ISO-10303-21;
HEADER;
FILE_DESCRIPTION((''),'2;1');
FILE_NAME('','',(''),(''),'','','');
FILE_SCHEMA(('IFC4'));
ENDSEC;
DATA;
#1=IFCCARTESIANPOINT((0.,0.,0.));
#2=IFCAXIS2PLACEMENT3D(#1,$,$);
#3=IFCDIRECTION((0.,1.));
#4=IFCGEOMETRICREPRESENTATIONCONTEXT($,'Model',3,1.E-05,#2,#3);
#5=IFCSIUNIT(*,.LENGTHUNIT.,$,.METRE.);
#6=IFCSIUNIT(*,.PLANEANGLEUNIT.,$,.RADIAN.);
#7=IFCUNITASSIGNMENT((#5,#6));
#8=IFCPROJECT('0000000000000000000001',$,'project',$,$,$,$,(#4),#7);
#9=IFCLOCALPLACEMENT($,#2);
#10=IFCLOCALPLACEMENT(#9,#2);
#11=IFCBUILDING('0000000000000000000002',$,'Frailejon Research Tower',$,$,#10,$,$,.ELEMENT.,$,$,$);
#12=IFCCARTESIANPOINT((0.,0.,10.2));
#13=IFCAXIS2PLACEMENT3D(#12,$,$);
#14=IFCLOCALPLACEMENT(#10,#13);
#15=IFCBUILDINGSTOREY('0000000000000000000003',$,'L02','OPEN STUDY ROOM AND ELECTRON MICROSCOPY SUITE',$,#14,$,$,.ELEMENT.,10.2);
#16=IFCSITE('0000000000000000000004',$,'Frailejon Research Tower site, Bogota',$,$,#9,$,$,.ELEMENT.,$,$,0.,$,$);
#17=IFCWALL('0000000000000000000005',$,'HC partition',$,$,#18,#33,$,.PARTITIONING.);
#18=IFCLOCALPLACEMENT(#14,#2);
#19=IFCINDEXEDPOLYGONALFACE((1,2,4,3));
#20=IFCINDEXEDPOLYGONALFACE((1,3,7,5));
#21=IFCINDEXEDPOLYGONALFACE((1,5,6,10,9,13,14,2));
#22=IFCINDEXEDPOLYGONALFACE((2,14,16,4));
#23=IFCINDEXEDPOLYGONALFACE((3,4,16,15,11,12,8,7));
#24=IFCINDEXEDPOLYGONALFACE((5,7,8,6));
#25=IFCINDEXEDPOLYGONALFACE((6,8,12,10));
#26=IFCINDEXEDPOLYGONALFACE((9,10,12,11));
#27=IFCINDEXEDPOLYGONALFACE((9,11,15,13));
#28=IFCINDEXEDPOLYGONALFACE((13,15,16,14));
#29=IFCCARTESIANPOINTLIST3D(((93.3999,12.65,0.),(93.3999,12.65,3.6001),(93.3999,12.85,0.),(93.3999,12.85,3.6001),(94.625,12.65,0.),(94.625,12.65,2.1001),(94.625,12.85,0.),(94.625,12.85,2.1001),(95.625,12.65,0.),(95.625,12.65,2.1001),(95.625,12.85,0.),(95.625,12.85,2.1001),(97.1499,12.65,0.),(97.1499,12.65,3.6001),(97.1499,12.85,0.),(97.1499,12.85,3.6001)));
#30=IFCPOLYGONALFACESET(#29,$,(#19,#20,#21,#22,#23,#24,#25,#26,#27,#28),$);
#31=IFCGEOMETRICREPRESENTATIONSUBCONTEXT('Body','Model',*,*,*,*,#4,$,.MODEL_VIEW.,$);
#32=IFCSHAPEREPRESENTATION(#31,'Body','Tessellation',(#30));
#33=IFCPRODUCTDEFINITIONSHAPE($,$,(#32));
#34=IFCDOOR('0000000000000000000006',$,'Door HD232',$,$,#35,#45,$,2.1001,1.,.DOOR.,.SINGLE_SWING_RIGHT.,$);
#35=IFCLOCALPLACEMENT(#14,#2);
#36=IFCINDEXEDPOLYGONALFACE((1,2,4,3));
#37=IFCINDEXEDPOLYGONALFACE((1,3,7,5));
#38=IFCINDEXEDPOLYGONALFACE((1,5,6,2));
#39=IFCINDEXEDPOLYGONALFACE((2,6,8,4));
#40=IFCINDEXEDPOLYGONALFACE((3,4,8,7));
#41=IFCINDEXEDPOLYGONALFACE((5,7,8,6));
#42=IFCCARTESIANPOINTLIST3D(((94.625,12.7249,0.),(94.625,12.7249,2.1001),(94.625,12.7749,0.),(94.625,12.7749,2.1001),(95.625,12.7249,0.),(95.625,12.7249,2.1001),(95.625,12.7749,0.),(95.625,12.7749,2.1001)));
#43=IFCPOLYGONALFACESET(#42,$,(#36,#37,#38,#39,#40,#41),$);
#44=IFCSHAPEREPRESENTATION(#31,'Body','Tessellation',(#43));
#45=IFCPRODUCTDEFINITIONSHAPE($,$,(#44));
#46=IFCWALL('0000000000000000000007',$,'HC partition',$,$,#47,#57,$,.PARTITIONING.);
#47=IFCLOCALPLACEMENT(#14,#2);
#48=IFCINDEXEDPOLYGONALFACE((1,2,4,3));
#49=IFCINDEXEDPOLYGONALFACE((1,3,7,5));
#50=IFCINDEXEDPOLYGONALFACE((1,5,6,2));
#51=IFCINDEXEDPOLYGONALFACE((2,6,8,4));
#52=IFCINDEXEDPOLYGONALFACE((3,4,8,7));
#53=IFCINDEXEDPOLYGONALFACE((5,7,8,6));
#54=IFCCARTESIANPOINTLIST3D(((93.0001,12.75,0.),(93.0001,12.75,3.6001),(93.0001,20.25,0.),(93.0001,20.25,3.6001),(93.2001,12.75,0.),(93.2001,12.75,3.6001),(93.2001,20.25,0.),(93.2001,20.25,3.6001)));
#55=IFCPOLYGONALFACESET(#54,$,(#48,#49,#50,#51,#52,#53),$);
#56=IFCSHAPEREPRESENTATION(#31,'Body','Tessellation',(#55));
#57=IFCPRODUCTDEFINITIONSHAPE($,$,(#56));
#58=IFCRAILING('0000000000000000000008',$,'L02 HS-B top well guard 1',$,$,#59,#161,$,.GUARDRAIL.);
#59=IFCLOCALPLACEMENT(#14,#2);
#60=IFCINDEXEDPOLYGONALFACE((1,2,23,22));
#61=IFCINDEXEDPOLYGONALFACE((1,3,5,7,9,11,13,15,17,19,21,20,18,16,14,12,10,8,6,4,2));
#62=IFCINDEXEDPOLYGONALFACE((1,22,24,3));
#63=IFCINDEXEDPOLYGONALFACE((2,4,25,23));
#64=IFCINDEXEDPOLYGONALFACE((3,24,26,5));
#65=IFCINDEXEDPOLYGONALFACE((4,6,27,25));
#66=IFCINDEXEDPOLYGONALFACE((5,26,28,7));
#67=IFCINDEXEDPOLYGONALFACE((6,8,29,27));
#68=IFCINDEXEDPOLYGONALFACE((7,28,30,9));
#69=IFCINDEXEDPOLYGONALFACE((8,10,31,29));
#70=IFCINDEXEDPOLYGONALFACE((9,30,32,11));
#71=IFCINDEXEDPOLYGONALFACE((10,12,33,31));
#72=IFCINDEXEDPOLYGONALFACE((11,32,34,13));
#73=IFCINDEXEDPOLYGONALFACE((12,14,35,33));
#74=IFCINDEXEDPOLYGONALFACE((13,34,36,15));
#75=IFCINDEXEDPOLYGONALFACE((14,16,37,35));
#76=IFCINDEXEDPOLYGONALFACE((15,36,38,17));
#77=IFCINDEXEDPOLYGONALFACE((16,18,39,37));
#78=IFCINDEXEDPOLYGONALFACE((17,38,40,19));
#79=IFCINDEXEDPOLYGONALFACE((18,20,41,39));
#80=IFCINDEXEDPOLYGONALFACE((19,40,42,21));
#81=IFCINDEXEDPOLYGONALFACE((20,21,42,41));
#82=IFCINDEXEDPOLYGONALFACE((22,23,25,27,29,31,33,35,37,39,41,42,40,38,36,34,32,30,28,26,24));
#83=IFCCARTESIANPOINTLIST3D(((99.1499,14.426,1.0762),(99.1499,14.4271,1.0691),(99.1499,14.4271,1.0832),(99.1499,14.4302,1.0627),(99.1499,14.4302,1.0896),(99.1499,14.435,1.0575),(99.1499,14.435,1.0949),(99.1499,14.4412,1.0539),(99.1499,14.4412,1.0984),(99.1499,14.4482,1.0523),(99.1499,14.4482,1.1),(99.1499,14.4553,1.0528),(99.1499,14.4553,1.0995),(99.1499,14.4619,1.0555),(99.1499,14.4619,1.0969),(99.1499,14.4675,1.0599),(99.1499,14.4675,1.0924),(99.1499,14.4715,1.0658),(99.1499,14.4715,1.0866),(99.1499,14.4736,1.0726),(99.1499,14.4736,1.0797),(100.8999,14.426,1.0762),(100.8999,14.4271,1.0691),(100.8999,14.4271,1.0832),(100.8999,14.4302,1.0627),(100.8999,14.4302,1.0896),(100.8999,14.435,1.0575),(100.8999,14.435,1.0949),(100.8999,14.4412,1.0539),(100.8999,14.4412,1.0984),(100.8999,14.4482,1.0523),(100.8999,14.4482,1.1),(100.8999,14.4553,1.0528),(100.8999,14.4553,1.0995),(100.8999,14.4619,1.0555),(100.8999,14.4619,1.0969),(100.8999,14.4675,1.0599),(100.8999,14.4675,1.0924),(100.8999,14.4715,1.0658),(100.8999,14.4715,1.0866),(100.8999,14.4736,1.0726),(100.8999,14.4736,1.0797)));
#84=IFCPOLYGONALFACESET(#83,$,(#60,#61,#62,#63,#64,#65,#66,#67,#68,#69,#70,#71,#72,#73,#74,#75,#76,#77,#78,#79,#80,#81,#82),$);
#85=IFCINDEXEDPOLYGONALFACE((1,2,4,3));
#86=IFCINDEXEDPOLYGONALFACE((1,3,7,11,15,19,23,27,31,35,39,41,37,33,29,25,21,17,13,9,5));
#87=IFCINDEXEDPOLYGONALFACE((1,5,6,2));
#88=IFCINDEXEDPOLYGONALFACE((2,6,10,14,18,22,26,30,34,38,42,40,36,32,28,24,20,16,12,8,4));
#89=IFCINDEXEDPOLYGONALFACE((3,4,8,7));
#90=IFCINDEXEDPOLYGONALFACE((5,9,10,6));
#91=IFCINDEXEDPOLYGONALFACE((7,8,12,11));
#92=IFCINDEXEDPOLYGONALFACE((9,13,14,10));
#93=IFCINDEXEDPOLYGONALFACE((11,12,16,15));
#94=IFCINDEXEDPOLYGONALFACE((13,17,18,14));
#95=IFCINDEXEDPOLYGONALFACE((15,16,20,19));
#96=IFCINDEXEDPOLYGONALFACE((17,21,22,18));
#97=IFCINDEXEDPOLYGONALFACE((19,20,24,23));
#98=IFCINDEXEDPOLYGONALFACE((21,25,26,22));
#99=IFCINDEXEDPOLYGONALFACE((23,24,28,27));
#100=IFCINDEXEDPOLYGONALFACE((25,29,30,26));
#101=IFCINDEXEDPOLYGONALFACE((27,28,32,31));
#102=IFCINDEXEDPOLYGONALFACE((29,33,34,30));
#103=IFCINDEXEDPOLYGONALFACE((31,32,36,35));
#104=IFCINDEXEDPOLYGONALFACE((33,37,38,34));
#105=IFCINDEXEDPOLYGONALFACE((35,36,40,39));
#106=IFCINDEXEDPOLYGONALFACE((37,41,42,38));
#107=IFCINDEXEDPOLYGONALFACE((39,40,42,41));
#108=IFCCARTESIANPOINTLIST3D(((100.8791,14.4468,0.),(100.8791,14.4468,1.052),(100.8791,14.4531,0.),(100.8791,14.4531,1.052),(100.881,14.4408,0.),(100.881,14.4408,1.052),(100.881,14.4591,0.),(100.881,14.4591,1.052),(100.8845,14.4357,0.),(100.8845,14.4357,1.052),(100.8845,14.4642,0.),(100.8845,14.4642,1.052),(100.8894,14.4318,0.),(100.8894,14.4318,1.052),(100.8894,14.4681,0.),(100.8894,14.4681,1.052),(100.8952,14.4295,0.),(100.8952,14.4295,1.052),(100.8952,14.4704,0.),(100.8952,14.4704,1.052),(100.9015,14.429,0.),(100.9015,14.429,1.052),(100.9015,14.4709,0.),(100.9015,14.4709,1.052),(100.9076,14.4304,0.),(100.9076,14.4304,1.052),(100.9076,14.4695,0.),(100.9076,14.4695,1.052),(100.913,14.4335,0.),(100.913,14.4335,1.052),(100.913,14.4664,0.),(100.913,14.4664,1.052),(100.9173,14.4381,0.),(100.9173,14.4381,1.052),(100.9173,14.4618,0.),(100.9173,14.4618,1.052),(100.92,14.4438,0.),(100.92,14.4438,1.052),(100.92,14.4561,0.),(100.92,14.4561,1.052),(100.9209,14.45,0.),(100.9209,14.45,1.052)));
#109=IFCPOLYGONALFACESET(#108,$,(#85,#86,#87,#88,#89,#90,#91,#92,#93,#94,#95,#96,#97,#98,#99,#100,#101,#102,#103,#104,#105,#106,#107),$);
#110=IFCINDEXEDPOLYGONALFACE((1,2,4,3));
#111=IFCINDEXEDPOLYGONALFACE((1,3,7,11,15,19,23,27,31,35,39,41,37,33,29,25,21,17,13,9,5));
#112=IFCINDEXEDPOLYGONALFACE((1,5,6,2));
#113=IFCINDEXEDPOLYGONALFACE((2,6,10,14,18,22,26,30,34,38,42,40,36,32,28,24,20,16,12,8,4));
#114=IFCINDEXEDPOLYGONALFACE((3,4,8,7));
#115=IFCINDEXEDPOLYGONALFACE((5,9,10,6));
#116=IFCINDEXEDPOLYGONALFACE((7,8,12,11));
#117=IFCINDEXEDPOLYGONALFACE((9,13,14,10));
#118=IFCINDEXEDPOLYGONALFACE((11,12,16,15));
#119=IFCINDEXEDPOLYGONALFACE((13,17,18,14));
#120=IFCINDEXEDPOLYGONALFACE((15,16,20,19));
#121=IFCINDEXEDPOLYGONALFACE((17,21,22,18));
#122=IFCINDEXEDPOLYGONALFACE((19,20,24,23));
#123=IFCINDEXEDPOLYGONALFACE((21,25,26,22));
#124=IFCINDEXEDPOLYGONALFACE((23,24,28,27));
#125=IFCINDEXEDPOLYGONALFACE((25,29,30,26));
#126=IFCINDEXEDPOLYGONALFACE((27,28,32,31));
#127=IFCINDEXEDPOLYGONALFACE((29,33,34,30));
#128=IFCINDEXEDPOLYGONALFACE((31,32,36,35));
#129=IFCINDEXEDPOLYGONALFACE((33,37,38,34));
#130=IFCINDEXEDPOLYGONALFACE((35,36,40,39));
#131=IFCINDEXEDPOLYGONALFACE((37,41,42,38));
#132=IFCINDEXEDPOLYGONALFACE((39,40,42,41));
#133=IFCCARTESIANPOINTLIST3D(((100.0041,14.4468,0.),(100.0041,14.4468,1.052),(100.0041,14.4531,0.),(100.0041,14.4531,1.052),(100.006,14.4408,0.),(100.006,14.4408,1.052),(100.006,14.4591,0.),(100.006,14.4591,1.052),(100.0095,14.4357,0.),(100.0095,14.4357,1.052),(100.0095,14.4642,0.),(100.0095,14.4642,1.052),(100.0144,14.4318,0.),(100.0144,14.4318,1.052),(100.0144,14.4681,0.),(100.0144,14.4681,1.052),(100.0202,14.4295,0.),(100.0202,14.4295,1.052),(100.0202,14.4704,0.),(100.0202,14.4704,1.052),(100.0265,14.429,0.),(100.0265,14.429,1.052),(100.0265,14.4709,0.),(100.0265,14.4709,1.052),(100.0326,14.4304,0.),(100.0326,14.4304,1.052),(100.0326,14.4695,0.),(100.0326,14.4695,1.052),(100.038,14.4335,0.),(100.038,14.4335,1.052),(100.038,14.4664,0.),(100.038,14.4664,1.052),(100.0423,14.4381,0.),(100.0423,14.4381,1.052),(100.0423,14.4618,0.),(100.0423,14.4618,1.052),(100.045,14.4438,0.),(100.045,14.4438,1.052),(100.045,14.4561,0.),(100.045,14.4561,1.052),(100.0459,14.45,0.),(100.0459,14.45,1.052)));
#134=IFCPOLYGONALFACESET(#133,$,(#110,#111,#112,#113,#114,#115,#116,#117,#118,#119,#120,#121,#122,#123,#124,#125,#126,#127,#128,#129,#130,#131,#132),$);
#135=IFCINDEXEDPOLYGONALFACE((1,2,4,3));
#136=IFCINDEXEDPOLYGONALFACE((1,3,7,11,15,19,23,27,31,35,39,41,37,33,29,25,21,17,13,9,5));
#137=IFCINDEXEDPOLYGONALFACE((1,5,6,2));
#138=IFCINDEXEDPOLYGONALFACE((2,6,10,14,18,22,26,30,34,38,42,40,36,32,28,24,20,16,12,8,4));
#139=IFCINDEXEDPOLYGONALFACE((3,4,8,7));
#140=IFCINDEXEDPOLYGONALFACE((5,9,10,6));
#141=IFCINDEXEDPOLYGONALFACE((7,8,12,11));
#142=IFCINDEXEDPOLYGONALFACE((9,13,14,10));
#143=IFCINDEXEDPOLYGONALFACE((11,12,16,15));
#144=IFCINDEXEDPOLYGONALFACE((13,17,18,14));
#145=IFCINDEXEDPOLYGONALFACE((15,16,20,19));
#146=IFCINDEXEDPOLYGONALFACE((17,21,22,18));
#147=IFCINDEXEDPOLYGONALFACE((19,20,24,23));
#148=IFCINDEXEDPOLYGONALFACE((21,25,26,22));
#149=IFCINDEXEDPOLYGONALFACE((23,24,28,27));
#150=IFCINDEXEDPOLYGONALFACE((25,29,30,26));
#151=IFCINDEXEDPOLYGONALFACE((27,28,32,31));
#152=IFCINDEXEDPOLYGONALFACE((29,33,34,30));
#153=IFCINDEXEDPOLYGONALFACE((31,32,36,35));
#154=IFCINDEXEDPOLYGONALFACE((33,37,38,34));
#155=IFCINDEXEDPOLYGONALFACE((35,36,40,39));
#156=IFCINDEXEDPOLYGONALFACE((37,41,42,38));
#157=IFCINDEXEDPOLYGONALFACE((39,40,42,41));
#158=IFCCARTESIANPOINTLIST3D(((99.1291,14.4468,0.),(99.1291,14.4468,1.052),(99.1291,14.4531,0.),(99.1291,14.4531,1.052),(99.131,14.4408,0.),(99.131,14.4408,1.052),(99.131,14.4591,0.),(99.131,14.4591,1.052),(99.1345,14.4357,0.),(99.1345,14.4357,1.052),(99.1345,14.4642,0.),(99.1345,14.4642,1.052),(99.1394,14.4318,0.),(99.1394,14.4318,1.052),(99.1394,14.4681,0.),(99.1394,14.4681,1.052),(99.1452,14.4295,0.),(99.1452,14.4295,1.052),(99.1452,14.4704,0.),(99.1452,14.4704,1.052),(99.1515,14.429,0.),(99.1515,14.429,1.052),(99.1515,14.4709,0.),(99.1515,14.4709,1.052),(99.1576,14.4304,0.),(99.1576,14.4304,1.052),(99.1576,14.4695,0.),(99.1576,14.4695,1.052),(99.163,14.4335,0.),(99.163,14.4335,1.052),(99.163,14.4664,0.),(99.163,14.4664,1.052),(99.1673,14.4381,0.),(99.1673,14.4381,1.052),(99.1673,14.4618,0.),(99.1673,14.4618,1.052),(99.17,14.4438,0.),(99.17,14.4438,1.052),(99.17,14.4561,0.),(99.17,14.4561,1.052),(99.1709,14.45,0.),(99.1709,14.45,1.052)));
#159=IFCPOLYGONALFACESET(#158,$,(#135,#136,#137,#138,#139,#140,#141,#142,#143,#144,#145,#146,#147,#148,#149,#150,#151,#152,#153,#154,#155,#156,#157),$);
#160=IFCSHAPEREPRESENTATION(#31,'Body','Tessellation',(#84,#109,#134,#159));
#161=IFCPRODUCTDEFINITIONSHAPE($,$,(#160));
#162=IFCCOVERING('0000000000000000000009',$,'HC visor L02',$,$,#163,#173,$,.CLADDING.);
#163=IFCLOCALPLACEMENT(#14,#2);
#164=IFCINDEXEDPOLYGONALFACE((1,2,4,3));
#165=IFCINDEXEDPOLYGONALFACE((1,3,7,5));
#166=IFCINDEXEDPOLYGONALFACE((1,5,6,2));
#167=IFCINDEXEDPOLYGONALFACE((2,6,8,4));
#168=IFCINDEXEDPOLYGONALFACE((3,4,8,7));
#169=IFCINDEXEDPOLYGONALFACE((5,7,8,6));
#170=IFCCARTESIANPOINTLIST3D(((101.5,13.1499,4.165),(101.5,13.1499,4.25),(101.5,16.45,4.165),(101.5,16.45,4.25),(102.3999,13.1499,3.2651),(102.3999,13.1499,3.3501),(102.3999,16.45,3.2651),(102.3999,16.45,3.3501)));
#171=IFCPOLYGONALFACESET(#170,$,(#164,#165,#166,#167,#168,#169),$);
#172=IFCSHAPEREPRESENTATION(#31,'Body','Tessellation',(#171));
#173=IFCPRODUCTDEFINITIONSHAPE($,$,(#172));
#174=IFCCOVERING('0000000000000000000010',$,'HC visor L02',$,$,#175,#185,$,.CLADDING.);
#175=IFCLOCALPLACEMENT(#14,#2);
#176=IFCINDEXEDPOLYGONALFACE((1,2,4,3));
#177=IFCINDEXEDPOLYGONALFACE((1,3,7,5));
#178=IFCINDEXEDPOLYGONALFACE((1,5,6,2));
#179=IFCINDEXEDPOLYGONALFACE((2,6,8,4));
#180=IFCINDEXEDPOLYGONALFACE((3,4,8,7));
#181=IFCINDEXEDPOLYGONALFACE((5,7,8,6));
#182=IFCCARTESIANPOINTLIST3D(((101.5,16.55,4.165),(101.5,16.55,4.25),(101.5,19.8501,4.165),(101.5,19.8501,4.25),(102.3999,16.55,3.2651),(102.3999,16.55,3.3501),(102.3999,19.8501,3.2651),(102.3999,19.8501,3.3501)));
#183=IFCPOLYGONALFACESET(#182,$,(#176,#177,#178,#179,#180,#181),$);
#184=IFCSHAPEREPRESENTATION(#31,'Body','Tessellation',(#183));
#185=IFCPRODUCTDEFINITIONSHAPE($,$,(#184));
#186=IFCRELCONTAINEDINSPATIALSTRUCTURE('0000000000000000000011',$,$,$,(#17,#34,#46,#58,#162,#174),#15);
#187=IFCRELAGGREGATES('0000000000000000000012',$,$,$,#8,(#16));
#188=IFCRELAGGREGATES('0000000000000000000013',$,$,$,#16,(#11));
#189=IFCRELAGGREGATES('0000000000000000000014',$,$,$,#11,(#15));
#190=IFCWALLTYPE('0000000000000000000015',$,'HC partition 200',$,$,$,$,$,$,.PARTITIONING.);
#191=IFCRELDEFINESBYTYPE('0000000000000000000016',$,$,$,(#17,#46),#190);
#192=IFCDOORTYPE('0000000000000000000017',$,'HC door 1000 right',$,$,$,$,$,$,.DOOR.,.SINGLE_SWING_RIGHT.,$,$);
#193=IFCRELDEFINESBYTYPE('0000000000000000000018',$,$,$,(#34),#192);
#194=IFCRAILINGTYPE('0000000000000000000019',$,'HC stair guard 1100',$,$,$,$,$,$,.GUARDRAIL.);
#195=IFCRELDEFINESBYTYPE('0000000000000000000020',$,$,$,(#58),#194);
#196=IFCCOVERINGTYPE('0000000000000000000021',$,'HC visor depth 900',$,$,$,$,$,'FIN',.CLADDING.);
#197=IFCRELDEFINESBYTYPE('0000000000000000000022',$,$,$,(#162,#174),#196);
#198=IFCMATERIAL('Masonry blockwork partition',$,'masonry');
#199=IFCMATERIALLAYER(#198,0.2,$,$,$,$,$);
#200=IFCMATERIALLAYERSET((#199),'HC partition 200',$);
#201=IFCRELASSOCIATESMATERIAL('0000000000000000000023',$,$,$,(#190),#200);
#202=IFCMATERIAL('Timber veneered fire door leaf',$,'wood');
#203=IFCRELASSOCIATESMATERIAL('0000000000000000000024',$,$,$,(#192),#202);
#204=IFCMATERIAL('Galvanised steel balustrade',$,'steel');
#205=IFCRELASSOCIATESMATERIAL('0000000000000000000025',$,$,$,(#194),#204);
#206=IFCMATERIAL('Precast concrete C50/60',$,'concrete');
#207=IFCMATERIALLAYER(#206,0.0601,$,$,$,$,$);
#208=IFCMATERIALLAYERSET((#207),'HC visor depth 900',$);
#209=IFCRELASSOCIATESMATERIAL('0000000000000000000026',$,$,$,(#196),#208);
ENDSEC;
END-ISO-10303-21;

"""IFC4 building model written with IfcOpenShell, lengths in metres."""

from ifc_helpers import new_model, si_unit, direction, frame, frame_2d, origin, origin_2d, place, context, subcontext, project, spatial, polyline, rectangle, circle, outline, extrude, material, layer, layer_set, type_object, element, fill, save


model = new_model("IFC4")

# Units and contexts
model_context = context("Model", 3, precision=1e-05, world=origin(), true_north=direction((0.0, 1.0)))
body_context = subcontext(model_context, "Body", "Model", "MODEL_VIEW")
ifc_project = project(units=[si_unit("LENGTHUNIT", "METRE"), si_unit("PLANEANGLEUNIT", "RADIAN")], contexts=[model_context])

# Site, building, storey
site_placement = place(None, origin())
site = spatial("IfcSite", under=ifc_project, at=site_placement, Name="Frailejon Research Tower site, Bogota", CompositionType="ELEMENT", RefElevation=0.0)
building_placement = place(site_placement, origin())
building = spatial("IfcBuilding", under=site, at=building_placement, Name="Frailejon Research Tower", CompositionType="ELEMENT")
storey_placement = place(building_placement, frame((0.0, 0.0, 10.2)))
storey = spatial("IfcBuildingStorey", under=building, at=storey_placement, Name="L02", Description="OPEN STUDY ROOM AND ELECTRON MICROSCOPY SUITE", CompositionType="ELEMENT", Elevation=10.2)

# Wall, opening, door
ifc_material_1 = material(Name="Masonry blockwork partition", Category="masonry")
ifc_layer_1 = layer(ifc_material_1, 0.2)
ifc_layer_set_1 = layer_set([ifc_layer_1], Name="HC partition 200")
wall_type_1 = type_object("IfcWallType", Name="HC partition 200", PredefinedType="PARTITIONING", material=ifc_layer_set_1)
wall_1_placement = place(storey_placement, frame((93.3999, 12.75, 0.0), z_axis=(0.0, 0.0, 1.0), x_axis=(1.0, 0.0, 0.0)))
wall_1 = element("IfcWall", 1, at=wall_1_placement, inside=storey, type_object=wall_type_1, Name="HC partition", PredefinedType="PARTITIONING", context=body_context, shape_type="SweptSolid", body=[
    extrude(rectangle(XDim=3.75, YDim=0.2, at=frame_2d((1.875, 0.0))), origin(), (0.0, 0.0, 1.0), 3.6001),
])
opening_1_placement = place(wall_1_placement, frame((1.2251, 0.0, 0.0)))
opening_1 = element("IfcOpeningElement", 2, at=opening_1_placement, cuts=wall_1, PredefinedType="OPENING", context=body_context, shape_type="SweptSolid", body=[
    extrude(rectangle(XDim=1.0, YDim=2.1001, at=frame_2d((0.5, 1.05))), frame((0.0, 0.1099, 0.0), z_axis=(0.0, -1.0, 0.0), x_axis=(1.0, 0.0, 0.0)), (0.0, 0.0, 1.0), 0.22),
])
ifc_material_2 = material(Name="Timber veneered fire door leaf", Category="wood")
door_type_1 = type_object("IfcDoorType", Name="HC door 1000 right", OperationType="SINGLE_SWING_RIGHT", PredefinedType="DOOR", material=ifc_material_2)
door_1_placement = place(opening_1_placement, origin())
door_1 = element("IfcDoor", 3, at=door_1_placement, inside=storey, type_object=door_type_1, Name="Door HD232", OperationType="SINGLE_SWING_RIGHT", OverallHeight=2.1001, OverallWidth=1.0, PredefinedType="DOOR", context=body_context, shape_type="SweptSolid", body=[
    extrude(rectangle(XDim=1.0, YDim=2.1001, at=frame_2d((0.5, 1.05))), frame((0.0, 0.0249, 0.0), z_axis=(0.0, -1.0, 0.0), x_axis=(1.0, 0.0, 0.0)), (0.0, 0.0, 1.0), 0.05),
])
fill(opening_1, door_1)

# Wall
wall_2_placement = place(storey_placement, frame((93.1001, 12.75, 0.0), z_axis=(0.0, 0.0, 1.0), x_axis=(0.0, 1.0, 0.0)))
element("IfcWall", 4, at=wall_2_placement, inside=storey, type_object=wall_type_1, Name="HC partition", PredefinedType="PARTITIONING", context=body_context, shape_type="SweptSolid", body=[
    extrude(rectangle(XDim=7.5, YDim=0.2, at=frame_2d((3.75, 0.0))), origin(), (0.0, 0.0, 1.0), 3.6001),
])

# Railing
ifc_material_3 = material(Name="Galvanised steel balustrade", Category="steel")
railing_type = type_object("IfcRailingType", Name="HC stair guard 1100", PredefinedType="GUARDRAIL", material=ifc_material_3)
railing_placement = place(storey_placement, frame((100.8999, 14.45, 0.0)))
element("IfcRailing", 5, at=railing_placement, inside=storey, type_object=railing_type, Name="L02 HS-B top well guard 1", PredefinedType="GUARDRAIL", context=body_context, shape_type="SweptSolid", body=[
    extrude(circle(Radius=0.0239, at=origin_2d()), frame((0.0, 0.0, 1.0762), z_axis=(-1.0, 0.0, 0.0), x_axis=(0.0, -1.0, 0.0)), (0.0, 0.0, 1.0), 1.75),
    extrude(circle(Radius=0.021, at=origin_2d()), origin(), (0.0, 0.0, 1.0), 1.052),
    extrude(circle(Radius=0.021, at=origin_2d()), frame((-0.875, 0.0, 0.0)), (0.0, 0.0, 1.0), 1.052),
    extrude(circle(Radius=0.021, at=origin_2d()), frame((-1.75, 0.0, 0.0)), (0.0, 0.0, 1.0), 1.052),
])

# Coverings
ifc_material_4 = material(Name="Precast concrete C50/60", Category="concrete")
ifc_layer_2 = layer(ifc_material_4, 0.0601)
ifc_layer_set_2 = layer_set([ifc_layer_2], Name="HC visor depth 900")
covering_type = type_object("IfcCoveringType", Name="HC visor depth 900", ElementType="FIN", PredefinedType="CLADDING", material=ifc_layer_set_2)
for number, where, z_axis, x_axis, name in (
    (6, (101.5, 16.45, 4.25), (0.0, -1.0, 0.0), (1.0, 0.0, 0.0), "HC visor L02"),
    (7, (101.5, 19.8501, 4.25), (0.0, -1.0, 0.0), (1.0, 0.0, 0.0), "HC visor L02"),
):
    element("IfcCovering", number, at=place(storey_placement, frame(where, z_axis=z_axis, x_axis=x_axis)), inside=storey, type_object=covering_type, Name=name, PredefinedType="CLADDING", context=body_context, shape_type="SweptSolid", body=[
        extrude(outline(polyline([(0.0, -0.085), (0.8999, -0.9849), (0.8999, -0.8999), (0.0, 0.0), (0.0, -0.085)])), origin(), (0.0, 0.0, 1.0), 3.3),
    ])

save(model, "model.ifc")
